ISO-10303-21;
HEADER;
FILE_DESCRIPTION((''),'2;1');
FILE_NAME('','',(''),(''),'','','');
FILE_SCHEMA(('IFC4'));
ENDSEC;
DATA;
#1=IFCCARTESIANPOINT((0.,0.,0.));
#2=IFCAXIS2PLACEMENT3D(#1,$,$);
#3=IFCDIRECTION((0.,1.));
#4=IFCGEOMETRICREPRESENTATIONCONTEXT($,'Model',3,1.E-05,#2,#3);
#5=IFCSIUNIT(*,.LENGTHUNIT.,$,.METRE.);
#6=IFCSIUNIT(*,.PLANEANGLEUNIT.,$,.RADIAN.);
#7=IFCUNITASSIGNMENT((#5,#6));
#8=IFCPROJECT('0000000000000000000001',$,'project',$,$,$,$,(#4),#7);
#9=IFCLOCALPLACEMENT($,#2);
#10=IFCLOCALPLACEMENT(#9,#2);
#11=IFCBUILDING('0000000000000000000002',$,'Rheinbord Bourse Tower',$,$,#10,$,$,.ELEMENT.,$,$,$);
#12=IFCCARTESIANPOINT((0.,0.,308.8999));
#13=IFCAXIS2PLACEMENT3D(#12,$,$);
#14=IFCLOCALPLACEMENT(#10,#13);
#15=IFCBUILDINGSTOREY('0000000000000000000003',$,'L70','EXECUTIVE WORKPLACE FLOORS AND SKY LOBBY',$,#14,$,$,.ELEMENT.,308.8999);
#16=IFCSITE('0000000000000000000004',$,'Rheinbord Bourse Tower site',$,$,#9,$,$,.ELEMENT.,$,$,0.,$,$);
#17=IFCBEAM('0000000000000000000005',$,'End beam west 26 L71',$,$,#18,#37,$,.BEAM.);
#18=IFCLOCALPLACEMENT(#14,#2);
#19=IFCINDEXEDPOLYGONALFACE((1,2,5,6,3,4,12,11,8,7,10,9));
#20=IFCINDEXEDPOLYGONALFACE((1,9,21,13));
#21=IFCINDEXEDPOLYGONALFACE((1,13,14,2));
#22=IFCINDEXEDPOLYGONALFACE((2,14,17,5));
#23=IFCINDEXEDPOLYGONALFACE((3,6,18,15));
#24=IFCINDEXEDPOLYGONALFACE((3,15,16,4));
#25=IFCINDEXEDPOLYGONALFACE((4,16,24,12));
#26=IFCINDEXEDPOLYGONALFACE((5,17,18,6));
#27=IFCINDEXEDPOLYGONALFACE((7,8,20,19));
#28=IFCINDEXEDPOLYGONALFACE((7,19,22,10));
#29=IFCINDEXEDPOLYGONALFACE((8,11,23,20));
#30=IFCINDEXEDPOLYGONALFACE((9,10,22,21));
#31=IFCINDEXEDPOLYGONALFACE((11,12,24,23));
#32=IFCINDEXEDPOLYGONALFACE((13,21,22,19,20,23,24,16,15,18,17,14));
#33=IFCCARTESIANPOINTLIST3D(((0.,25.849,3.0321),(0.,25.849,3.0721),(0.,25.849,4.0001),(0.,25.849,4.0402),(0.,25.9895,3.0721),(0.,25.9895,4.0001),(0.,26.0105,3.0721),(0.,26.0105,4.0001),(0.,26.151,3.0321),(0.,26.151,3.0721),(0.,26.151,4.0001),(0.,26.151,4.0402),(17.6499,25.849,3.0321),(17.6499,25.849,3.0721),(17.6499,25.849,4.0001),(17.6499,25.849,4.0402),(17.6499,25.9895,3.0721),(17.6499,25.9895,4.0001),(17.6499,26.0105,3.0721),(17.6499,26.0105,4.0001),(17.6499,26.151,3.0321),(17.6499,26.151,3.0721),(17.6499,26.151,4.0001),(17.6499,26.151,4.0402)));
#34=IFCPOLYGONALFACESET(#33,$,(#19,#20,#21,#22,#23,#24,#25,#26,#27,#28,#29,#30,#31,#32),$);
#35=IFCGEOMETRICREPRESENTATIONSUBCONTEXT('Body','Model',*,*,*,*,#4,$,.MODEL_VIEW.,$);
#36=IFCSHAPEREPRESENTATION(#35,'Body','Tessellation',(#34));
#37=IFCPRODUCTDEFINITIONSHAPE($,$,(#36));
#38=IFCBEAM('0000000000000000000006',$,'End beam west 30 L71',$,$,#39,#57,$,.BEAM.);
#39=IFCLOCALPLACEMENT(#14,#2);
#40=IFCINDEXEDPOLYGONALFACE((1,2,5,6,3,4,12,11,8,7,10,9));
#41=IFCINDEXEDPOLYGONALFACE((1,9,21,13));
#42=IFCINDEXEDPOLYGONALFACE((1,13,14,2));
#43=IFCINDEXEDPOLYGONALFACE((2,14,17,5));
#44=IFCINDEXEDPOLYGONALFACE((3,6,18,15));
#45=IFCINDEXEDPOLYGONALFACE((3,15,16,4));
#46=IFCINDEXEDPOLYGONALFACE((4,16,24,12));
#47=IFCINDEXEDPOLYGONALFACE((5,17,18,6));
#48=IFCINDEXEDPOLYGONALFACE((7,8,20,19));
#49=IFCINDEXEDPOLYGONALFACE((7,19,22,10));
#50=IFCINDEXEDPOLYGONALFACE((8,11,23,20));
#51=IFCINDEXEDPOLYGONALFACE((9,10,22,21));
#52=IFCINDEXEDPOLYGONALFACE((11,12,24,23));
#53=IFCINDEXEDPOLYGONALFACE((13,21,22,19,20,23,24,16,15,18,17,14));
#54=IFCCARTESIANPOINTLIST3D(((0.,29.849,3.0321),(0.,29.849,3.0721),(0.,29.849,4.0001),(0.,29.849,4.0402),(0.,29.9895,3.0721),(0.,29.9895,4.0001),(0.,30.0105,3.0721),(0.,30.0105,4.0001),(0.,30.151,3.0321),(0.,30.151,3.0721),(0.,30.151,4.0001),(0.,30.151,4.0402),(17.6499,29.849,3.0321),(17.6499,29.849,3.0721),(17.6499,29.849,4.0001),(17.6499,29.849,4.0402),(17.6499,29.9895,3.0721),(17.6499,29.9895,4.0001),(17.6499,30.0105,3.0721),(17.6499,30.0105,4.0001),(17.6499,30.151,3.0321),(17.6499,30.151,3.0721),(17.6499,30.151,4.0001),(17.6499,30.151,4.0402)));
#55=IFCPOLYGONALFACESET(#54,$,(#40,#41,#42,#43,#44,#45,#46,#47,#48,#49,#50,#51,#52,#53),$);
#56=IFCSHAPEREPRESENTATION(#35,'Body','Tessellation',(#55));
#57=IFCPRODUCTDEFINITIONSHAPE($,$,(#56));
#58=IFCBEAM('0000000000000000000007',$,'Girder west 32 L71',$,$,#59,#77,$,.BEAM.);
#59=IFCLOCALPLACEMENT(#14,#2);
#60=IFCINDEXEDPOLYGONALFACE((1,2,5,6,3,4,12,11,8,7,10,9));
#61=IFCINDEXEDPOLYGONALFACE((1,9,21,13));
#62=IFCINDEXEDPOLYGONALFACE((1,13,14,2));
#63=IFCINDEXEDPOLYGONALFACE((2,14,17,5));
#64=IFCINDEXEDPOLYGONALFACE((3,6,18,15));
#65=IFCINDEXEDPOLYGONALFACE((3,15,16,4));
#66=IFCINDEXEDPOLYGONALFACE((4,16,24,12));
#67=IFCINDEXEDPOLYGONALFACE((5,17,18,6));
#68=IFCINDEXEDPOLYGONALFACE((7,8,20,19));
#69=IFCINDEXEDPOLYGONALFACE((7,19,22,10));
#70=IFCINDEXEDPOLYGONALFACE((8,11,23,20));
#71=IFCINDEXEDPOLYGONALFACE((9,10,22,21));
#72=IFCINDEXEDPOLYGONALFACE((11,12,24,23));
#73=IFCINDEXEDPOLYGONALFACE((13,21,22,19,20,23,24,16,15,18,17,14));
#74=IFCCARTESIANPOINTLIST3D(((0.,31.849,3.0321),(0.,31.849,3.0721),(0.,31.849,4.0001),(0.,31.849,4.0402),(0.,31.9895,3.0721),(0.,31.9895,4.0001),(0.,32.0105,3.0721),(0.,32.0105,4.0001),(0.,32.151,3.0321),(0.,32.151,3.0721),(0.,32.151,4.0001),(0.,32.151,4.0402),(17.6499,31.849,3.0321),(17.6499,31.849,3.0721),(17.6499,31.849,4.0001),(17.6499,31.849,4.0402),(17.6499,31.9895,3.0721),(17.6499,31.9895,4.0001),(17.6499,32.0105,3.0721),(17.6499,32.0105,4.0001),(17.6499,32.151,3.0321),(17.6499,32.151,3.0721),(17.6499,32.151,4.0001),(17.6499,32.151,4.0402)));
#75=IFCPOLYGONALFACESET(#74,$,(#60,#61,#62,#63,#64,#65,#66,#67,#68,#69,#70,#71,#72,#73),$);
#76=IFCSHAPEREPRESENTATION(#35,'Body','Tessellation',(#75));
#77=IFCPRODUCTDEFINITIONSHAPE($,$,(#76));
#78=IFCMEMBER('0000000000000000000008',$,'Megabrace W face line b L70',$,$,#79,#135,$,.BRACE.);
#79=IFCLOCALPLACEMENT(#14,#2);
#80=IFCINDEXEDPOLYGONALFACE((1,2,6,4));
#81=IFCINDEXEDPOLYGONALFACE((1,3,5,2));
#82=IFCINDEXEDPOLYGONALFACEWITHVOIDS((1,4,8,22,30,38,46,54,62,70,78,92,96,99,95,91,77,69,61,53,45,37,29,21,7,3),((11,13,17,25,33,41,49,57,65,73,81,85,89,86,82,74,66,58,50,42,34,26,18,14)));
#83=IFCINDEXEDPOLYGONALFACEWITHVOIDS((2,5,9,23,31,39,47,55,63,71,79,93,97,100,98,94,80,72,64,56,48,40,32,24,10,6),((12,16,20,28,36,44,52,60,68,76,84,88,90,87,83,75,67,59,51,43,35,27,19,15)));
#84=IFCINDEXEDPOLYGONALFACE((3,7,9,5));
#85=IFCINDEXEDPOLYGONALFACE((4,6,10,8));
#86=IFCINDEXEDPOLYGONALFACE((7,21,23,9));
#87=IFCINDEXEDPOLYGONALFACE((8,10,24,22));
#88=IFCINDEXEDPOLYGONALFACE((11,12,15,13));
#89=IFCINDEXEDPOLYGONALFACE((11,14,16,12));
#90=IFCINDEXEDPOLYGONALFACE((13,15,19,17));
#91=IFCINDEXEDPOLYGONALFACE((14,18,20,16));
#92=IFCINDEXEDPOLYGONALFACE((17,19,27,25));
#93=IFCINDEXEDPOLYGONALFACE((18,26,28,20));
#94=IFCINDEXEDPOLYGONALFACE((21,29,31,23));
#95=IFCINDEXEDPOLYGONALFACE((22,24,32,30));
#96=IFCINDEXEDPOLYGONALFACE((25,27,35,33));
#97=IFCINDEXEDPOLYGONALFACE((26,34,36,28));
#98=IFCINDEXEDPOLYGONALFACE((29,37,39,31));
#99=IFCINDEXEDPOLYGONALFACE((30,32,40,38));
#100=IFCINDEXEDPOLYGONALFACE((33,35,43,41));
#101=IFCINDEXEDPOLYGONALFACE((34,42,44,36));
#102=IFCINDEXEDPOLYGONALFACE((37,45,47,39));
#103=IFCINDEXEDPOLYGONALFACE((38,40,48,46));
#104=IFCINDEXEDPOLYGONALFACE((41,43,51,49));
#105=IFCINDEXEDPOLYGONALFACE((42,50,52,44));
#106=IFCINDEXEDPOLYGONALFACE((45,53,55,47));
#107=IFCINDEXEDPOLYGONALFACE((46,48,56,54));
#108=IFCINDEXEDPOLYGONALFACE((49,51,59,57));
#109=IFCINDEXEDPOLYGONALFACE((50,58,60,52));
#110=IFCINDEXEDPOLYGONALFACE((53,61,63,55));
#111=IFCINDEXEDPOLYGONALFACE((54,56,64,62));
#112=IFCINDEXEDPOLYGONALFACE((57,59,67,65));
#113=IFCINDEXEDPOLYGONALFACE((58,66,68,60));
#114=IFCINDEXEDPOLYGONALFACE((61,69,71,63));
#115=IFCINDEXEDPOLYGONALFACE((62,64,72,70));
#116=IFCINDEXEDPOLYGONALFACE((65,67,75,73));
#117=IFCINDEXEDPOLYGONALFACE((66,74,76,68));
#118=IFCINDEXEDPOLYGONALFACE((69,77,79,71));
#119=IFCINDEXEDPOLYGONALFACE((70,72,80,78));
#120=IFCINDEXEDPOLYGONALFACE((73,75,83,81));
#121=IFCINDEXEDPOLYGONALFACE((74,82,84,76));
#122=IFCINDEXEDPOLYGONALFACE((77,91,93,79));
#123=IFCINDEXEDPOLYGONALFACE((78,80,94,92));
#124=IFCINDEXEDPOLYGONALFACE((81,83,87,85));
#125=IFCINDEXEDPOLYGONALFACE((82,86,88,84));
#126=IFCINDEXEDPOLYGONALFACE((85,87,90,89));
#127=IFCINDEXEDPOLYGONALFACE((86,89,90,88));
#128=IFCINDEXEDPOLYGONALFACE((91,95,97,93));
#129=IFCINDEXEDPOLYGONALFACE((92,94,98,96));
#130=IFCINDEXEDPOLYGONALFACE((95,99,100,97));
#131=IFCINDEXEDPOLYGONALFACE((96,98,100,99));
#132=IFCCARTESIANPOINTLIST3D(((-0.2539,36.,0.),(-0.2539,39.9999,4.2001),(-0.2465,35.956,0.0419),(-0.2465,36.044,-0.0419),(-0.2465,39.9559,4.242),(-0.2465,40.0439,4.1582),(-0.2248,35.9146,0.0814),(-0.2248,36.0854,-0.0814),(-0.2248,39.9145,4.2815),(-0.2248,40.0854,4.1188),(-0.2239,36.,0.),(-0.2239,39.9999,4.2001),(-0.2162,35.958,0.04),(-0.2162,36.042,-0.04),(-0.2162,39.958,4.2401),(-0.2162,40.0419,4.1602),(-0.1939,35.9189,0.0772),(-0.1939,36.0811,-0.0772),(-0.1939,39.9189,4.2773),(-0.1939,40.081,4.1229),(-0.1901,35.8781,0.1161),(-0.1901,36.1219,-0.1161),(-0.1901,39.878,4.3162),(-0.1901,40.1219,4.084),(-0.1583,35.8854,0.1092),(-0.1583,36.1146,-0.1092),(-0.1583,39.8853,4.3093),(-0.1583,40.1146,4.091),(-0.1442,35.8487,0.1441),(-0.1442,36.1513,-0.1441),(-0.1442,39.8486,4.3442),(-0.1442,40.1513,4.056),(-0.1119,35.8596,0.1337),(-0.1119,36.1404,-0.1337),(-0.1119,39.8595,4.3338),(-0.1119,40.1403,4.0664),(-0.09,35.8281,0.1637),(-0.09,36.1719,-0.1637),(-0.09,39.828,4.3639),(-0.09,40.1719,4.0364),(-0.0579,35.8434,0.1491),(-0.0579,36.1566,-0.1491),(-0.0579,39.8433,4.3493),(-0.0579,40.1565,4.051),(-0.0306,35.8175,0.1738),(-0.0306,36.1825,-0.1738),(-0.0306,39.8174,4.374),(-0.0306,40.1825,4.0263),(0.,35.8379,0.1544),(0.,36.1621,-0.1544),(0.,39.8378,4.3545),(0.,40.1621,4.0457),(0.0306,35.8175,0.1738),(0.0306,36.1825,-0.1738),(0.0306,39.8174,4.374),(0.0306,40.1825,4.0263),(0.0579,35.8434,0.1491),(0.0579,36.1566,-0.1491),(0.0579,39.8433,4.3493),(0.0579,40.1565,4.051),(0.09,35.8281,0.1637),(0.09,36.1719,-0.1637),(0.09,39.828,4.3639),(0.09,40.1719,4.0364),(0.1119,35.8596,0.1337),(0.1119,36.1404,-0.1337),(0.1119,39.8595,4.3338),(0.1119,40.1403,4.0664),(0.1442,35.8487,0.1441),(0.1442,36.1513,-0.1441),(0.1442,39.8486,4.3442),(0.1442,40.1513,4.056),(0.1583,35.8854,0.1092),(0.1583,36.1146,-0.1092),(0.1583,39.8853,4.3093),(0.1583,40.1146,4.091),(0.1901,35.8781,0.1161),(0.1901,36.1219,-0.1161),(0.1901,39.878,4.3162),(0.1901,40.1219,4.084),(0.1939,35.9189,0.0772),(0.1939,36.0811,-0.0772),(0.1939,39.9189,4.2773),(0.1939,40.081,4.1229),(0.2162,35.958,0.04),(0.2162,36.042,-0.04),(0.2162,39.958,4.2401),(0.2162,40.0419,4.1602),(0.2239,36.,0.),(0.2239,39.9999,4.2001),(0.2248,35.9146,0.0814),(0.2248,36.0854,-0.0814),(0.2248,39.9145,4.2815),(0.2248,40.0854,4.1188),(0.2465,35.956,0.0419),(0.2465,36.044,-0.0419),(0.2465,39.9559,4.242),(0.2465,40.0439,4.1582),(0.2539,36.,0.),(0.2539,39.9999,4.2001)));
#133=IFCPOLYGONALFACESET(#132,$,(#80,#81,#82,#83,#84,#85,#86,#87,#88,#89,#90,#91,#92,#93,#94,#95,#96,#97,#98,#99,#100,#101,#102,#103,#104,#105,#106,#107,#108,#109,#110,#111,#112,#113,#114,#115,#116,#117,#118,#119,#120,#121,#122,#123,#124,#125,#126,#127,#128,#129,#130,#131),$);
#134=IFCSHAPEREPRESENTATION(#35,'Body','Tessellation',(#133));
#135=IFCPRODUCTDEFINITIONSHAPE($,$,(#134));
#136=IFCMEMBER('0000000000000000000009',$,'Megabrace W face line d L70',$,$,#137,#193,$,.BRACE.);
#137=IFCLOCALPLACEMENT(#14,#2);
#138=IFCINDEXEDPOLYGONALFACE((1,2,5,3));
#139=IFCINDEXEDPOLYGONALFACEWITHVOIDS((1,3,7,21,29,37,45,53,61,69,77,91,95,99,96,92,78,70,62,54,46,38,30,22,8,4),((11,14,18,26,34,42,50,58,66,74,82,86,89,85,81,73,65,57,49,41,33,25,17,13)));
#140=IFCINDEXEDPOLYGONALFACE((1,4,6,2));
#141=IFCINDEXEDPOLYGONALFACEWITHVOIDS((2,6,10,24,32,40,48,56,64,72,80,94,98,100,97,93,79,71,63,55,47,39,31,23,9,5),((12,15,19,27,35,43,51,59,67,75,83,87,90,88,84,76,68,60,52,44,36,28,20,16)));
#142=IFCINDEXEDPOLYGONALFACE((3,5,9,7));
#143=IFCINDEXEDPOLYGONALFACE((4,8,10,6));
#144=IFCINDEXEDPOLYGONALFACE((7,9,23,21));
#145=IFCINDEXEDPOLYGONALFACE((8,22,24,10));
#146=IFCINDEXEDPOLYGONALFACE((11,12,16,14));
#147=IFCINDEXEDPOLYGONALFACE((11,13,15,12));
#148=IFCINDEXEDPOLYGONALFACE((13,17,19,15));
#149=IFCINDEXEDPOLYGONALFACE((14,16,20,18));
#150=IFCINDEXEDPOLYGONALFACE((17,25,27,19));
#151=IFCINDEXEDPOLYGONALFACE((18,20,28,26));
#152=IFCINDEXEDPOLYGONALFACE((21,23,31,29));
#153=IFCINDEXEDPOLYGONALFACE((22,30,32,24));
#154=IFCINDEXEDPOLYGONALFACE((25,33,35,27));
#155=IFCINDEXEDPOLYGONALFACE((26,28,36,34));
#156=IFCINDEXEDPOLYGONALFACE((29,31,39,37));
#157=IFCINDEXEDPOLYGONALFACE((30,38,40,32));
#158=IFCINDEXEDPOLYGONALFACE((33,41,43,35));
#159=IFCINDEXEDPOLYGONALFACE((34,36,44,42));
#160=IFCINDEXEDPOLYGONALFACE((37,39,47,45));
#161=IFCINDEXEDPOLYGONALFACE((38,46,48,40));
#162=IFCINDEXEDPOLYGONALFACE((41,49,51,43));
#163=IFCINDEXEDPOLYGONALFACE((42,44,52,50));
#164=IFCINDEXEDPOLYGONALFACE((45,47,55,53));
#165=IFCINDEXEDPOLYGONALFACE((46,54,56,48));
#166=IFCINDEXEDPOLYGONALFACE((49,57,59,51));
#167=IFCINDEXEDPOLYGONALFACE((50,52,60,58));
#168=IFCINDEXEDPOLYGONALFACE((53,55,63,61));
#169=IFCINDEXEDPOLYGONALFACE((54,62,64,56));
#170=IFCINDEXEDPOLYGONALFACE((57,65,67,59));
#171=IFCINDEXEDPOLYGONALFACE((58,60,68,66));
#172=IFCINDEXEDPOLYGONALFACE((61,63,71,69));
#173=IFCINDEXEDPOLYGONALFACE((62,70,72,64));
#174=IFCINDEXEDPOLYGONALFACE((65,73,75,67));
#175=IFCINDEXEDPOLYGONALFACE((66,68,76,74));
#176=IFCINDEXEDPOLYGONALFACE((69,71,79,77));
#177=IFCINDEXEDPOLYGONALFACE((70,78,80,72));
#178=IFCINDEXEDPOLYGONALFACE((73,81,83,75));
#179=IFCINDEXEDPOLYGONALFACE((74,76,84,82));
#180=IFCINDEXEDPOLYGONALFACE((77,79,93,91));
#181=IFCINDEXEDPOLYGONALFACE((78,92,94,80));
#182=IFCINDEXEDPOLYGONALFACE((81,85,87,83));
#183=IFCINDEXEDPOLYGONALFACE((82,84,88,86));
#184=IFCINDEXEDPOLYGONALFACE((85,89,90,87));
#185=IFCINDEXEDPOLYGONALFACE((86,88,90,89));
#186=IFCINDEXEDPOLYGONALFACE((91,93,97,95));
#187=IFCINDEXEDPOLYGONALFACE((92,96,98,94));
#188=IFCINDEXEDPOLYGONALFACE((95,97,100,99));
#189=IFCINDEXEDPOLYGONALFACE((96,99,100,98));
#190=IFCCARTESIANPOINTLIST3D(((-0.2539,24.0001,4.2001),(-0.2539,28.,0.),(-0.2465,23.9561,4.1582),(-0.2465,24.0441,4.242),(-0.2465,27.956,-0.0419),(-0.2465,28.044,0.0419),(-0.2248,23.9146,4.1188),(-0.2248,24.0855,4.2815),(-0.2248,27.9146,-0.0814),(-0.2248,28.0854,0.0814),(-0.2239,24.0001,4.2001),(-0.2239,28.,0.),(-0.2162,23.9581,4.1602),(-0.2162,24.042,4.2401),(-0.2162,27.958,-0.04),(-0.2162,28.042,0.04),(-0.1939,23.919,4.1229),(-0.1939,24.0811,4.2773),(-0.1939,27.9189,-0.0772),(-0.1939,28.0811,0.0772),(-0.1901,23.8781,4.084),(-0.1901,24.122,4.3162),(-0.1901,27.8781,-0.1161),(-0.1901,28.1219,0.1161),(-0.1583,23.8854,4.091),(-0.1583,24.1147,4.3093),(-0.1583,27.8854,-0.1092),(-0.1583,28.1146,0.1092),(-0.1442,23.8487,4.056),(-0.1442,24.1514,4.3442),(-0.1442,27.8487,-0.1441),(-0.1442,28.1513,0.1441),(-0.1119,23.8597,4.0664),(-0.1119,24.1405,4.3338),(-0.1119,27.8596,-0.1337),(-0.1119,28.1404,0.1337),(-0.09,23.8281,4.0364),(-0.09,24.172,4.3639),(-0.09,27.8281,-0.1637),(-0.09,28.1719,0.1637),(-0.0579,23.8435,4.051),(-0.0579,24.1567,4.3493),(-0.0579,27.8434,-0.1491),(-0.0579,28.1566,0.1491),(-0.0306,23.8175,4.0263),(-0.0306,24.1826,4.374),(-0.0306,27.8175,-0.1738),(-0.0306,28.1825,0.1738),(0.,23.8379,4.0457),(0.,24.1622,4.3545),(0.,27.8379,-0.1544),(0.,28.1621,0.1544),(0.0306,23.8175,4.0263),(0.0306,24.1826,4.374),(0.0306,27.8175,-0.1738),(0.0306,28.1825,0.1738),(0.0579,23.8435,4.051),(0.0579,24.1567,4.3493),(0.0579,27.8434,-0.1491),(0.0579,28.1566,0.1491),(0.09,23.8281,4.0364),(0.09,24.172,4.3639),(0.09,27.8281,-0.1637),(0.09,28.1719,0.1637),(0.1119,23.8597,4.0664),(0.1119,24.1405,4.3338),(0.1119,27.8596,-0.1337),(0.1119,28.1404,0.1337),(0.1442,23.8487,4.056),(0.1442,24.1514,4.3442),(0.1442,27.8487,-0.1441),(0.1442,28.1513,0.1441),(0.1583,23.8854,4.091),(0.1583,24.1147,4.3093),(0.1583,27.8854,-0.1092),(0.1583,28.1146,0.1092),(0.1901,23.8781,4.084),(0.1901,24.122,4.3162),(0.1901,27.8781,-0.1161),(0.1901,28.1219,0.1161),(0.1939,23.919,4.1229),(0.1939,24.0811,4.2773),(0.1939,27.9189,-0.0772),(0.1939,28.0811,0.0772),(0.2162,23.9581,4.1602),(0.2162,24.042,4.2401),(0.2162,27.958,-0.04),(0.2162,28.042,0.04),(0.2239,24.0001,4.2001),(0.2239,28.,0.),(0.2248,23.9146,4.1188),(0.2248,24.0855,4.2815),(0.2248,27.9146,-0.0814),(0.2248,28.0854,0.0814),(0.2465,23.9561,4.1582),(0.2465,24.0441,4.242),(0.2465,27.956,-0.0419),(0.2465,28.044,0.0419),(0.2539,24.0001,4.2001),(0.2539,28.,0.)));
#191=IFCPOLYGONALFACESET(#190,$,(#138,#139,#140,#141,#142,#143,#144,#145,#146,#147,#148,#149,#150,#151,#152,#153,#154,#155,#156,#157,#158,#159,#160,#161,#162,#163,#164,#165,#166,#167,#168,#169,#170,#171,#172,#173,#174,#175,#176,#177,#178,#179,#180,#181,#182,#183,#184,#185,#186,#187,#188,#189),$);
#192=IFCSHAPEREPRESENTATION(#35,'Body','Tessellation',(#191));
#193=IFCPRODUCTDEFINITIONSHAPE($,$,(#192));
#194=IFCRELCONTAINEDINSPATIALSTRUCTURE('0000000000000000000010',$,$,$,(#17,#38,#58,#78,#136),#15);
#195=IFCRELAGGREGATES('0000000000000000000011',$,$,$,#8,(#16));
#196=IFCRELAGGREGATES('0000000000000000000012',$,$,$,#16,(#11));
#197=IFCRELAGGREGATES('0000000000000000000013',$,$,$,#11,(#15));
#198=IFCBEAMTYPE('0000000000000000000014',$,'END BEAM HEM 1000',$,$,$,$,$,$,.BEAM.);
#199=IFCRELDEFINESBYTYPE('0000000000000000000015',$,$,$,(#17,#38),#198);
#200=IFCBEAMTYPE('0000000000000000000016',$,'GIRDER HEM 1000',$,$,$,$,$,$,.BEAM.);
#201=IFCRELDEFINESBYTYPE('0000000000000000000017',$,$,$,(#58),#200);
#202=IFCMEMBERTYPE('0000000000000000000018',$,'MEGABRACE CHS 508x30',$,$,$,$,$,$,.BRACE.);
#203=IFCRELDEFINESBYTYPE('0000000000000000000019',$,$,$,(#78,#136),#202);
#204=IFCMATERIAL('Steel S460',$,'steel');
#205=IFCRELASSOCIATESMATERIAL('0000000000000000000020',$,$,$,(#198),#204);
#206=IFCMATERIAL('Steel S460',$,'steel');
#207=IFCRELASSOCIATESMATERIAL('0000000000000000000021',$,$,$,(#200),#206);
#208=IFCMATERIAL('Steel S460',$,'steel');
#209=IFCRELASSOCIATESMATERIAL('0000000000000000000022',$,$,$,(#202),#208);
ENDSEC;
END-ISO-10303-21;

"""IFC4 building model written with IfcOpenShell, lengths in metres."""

from ifc_helpers import new_model, si_unit, direction, frame, origin, origin_2d, place, context, subcontext, project, spatial, hollow_circle, i_section, extrude, material, material_profile, profile_set, type_object, element, save


model = new_model("IFC4")

# Units and contexts
model_context = context("Model", 3, precision=1e-05, world=origin(), true_north=direction((0.0, 1.0)))
body_context = subcontext(model_context, "Body", "Model", "MODEL_VIEW")
ifc_project = project(units=[si_unit("LENGTHUNIT", "METRE"), si_unit("PLANEANGLEUNIT", "RADIAN")], contexts=[model_context])

# Site, building, storey
site_placement = place(None, origin())
site = spatial("IfcSite", under=ifc_project, at=site_placement, Name="Rheinbord Bourse Tower site", CompositionType="ELEMENT", RefElevation=0.0)
building_placement = place(site_placement, origin())
building = spatial("IfcBuilding", under=site, at=building_placement, Name="Rheinbord Bourse Tower", CompositionType="ELEMENT")
storey_placement = place(building_placement, frame((0.0, 0.0, 308.8999)))
storey = spatial("IfcBuildingStorey", under=building, at=storey_placement, Name="L70", Description="EXECUTIVE WORKPLACE FLOORS AND SKY LOBBY", CompositionType="ELEMENT", Elevation=308.8999)

# Beams
ifc_material_1 = material(Name="Steel S460", Category="steel")
ifc_material_profile_1 = material_profile(ifc_material_1, i_section(OverallWidth=0.302, OverallDepth=1.0081, WebThickness=0.021, FlangeThickness=0.04, at=origin_2d()), Name="HEM 1000")
ifc_profile_set_1 = profile_set([ifc_material_profile_1], Name="Steel S460")
beam_type_1 = type_object("IfcBeamType", Name="END BEAM HEM 1000", PredefinedType="BEAM", material=ifc_profile_set_1)
for number, where, z_axis, x_axis, name in (
    (1, (0.0, 26.0, 3.5361), (1.0, 0.0, 0.0), (0.0, 1.0, 0.0), "End beam west 26 L71"),
    (2, (0.0, 30.0, 3.5361), (1.0, 0.0, 0.0), (0.0, 1.0, 0.0), "End beam west 30 L71"),
):
    element("IfcBeam", number, at=place(storey_placement, frame(where, z_axis=z_axis, x_axis=x_axis)), inside=storey, type_object=beam_type_1, Name=name, PredefinedType="BEAM", context=body_context, shape_type="SweptSolid", body=[
        extrude(i_section(OverallWidth=0.302, OverallDepth=1.0081, WebThickness=0.021, FlangeThickness=0.04, at=origin_2d()), origin(), (0.0, 0.0, 1.0), 17.6499),
    ])
ifc_material_2 = material(Name="Steel S460", Category="steel")
ifc_material_profile_2 = material_profile(ifc_material_2, i_section(OverallWidth=0.302, OverallDepth=1.0081, WebThickness=0.021, FlangeThickness=0.04, at=origin_2d()), Name="HEM 1000")
ifc_profile_set_2 = profile_set([ifc_material_profile_2], Name="Steel S460")
beam_type_2 = type_object("IfcBeamType", Name="GIRDER HEM 1000", PredefinedType="BEAM", material=ifc_profile_set_2)
beam_1_placement = place(storey_placement, frame((0.0, 32.0, 3.5361), z_axis=(1.0, 0.0, 0.0), x_axis=(0.0, 1.0, 0.0)))
element("IfcBeam", 3, at=beam_1_placement, inside=storey, type_object=beam_type_2, Name="Girder west 32 L71", PredefinedType="BEAM", context=body_context, shape_type="SweptSolid", body=[
    extrude(i_section(OverallWidth=0.302, OverallDepth=1.0081, WebThickness=0.021, FlangeThickness=0.04, at=origin_2d()), origin(), (0.0, 0.0, 1.0), 17.6499),
])

# Members
ifc_material_3 = material(Name="Steel S460", Category="steel")
ifc_material_profile_3 = material_profile(ifc_material_3, hollow_circle(Radius=0.2539, WallThickness=0.03, at=origin_2d()), Name="CHS 508x30")
ifc_profile_set_3 = profile_set([ifc_material_profile_3], Name="Steel S460")
member_type_1 = type_object("IfcMemberType", Name="MEGABRACE CHS 508x30", PredefinedType="BRACE", material=ifc_profile_set_3)
for number, where, z_axis, x_axis, name in (
    (4, (0.0, 36.0, 0.0), (0.0, 0.689638, 0.724154), (-1.0, 0.0, 0.0), "Megabrace W face line b L70"),
    (5, (0.0, 28.0, 0.0), (0.0, -0.689638, 0.724154), (1.0, 0.0, 0.0), "Megabrace W face line d L70"),
):
    element("IfcMember", number, at=place(storey_placement, frame(where, z_axis=z_axis, x_axis=x_axis)), inside=storey, type_object=member_type_1, Name=name, PredefinedType="BRACE", context=body_context, shape_type="SweptSolid", body=[
        extrude(hollow_circle(Radius=0.2539, WallThickness=0.03, at=origin_2d()), origin(), (0.0, 0.0, 1.0), 5.8),
    ])

save(model, "model.ifc")
